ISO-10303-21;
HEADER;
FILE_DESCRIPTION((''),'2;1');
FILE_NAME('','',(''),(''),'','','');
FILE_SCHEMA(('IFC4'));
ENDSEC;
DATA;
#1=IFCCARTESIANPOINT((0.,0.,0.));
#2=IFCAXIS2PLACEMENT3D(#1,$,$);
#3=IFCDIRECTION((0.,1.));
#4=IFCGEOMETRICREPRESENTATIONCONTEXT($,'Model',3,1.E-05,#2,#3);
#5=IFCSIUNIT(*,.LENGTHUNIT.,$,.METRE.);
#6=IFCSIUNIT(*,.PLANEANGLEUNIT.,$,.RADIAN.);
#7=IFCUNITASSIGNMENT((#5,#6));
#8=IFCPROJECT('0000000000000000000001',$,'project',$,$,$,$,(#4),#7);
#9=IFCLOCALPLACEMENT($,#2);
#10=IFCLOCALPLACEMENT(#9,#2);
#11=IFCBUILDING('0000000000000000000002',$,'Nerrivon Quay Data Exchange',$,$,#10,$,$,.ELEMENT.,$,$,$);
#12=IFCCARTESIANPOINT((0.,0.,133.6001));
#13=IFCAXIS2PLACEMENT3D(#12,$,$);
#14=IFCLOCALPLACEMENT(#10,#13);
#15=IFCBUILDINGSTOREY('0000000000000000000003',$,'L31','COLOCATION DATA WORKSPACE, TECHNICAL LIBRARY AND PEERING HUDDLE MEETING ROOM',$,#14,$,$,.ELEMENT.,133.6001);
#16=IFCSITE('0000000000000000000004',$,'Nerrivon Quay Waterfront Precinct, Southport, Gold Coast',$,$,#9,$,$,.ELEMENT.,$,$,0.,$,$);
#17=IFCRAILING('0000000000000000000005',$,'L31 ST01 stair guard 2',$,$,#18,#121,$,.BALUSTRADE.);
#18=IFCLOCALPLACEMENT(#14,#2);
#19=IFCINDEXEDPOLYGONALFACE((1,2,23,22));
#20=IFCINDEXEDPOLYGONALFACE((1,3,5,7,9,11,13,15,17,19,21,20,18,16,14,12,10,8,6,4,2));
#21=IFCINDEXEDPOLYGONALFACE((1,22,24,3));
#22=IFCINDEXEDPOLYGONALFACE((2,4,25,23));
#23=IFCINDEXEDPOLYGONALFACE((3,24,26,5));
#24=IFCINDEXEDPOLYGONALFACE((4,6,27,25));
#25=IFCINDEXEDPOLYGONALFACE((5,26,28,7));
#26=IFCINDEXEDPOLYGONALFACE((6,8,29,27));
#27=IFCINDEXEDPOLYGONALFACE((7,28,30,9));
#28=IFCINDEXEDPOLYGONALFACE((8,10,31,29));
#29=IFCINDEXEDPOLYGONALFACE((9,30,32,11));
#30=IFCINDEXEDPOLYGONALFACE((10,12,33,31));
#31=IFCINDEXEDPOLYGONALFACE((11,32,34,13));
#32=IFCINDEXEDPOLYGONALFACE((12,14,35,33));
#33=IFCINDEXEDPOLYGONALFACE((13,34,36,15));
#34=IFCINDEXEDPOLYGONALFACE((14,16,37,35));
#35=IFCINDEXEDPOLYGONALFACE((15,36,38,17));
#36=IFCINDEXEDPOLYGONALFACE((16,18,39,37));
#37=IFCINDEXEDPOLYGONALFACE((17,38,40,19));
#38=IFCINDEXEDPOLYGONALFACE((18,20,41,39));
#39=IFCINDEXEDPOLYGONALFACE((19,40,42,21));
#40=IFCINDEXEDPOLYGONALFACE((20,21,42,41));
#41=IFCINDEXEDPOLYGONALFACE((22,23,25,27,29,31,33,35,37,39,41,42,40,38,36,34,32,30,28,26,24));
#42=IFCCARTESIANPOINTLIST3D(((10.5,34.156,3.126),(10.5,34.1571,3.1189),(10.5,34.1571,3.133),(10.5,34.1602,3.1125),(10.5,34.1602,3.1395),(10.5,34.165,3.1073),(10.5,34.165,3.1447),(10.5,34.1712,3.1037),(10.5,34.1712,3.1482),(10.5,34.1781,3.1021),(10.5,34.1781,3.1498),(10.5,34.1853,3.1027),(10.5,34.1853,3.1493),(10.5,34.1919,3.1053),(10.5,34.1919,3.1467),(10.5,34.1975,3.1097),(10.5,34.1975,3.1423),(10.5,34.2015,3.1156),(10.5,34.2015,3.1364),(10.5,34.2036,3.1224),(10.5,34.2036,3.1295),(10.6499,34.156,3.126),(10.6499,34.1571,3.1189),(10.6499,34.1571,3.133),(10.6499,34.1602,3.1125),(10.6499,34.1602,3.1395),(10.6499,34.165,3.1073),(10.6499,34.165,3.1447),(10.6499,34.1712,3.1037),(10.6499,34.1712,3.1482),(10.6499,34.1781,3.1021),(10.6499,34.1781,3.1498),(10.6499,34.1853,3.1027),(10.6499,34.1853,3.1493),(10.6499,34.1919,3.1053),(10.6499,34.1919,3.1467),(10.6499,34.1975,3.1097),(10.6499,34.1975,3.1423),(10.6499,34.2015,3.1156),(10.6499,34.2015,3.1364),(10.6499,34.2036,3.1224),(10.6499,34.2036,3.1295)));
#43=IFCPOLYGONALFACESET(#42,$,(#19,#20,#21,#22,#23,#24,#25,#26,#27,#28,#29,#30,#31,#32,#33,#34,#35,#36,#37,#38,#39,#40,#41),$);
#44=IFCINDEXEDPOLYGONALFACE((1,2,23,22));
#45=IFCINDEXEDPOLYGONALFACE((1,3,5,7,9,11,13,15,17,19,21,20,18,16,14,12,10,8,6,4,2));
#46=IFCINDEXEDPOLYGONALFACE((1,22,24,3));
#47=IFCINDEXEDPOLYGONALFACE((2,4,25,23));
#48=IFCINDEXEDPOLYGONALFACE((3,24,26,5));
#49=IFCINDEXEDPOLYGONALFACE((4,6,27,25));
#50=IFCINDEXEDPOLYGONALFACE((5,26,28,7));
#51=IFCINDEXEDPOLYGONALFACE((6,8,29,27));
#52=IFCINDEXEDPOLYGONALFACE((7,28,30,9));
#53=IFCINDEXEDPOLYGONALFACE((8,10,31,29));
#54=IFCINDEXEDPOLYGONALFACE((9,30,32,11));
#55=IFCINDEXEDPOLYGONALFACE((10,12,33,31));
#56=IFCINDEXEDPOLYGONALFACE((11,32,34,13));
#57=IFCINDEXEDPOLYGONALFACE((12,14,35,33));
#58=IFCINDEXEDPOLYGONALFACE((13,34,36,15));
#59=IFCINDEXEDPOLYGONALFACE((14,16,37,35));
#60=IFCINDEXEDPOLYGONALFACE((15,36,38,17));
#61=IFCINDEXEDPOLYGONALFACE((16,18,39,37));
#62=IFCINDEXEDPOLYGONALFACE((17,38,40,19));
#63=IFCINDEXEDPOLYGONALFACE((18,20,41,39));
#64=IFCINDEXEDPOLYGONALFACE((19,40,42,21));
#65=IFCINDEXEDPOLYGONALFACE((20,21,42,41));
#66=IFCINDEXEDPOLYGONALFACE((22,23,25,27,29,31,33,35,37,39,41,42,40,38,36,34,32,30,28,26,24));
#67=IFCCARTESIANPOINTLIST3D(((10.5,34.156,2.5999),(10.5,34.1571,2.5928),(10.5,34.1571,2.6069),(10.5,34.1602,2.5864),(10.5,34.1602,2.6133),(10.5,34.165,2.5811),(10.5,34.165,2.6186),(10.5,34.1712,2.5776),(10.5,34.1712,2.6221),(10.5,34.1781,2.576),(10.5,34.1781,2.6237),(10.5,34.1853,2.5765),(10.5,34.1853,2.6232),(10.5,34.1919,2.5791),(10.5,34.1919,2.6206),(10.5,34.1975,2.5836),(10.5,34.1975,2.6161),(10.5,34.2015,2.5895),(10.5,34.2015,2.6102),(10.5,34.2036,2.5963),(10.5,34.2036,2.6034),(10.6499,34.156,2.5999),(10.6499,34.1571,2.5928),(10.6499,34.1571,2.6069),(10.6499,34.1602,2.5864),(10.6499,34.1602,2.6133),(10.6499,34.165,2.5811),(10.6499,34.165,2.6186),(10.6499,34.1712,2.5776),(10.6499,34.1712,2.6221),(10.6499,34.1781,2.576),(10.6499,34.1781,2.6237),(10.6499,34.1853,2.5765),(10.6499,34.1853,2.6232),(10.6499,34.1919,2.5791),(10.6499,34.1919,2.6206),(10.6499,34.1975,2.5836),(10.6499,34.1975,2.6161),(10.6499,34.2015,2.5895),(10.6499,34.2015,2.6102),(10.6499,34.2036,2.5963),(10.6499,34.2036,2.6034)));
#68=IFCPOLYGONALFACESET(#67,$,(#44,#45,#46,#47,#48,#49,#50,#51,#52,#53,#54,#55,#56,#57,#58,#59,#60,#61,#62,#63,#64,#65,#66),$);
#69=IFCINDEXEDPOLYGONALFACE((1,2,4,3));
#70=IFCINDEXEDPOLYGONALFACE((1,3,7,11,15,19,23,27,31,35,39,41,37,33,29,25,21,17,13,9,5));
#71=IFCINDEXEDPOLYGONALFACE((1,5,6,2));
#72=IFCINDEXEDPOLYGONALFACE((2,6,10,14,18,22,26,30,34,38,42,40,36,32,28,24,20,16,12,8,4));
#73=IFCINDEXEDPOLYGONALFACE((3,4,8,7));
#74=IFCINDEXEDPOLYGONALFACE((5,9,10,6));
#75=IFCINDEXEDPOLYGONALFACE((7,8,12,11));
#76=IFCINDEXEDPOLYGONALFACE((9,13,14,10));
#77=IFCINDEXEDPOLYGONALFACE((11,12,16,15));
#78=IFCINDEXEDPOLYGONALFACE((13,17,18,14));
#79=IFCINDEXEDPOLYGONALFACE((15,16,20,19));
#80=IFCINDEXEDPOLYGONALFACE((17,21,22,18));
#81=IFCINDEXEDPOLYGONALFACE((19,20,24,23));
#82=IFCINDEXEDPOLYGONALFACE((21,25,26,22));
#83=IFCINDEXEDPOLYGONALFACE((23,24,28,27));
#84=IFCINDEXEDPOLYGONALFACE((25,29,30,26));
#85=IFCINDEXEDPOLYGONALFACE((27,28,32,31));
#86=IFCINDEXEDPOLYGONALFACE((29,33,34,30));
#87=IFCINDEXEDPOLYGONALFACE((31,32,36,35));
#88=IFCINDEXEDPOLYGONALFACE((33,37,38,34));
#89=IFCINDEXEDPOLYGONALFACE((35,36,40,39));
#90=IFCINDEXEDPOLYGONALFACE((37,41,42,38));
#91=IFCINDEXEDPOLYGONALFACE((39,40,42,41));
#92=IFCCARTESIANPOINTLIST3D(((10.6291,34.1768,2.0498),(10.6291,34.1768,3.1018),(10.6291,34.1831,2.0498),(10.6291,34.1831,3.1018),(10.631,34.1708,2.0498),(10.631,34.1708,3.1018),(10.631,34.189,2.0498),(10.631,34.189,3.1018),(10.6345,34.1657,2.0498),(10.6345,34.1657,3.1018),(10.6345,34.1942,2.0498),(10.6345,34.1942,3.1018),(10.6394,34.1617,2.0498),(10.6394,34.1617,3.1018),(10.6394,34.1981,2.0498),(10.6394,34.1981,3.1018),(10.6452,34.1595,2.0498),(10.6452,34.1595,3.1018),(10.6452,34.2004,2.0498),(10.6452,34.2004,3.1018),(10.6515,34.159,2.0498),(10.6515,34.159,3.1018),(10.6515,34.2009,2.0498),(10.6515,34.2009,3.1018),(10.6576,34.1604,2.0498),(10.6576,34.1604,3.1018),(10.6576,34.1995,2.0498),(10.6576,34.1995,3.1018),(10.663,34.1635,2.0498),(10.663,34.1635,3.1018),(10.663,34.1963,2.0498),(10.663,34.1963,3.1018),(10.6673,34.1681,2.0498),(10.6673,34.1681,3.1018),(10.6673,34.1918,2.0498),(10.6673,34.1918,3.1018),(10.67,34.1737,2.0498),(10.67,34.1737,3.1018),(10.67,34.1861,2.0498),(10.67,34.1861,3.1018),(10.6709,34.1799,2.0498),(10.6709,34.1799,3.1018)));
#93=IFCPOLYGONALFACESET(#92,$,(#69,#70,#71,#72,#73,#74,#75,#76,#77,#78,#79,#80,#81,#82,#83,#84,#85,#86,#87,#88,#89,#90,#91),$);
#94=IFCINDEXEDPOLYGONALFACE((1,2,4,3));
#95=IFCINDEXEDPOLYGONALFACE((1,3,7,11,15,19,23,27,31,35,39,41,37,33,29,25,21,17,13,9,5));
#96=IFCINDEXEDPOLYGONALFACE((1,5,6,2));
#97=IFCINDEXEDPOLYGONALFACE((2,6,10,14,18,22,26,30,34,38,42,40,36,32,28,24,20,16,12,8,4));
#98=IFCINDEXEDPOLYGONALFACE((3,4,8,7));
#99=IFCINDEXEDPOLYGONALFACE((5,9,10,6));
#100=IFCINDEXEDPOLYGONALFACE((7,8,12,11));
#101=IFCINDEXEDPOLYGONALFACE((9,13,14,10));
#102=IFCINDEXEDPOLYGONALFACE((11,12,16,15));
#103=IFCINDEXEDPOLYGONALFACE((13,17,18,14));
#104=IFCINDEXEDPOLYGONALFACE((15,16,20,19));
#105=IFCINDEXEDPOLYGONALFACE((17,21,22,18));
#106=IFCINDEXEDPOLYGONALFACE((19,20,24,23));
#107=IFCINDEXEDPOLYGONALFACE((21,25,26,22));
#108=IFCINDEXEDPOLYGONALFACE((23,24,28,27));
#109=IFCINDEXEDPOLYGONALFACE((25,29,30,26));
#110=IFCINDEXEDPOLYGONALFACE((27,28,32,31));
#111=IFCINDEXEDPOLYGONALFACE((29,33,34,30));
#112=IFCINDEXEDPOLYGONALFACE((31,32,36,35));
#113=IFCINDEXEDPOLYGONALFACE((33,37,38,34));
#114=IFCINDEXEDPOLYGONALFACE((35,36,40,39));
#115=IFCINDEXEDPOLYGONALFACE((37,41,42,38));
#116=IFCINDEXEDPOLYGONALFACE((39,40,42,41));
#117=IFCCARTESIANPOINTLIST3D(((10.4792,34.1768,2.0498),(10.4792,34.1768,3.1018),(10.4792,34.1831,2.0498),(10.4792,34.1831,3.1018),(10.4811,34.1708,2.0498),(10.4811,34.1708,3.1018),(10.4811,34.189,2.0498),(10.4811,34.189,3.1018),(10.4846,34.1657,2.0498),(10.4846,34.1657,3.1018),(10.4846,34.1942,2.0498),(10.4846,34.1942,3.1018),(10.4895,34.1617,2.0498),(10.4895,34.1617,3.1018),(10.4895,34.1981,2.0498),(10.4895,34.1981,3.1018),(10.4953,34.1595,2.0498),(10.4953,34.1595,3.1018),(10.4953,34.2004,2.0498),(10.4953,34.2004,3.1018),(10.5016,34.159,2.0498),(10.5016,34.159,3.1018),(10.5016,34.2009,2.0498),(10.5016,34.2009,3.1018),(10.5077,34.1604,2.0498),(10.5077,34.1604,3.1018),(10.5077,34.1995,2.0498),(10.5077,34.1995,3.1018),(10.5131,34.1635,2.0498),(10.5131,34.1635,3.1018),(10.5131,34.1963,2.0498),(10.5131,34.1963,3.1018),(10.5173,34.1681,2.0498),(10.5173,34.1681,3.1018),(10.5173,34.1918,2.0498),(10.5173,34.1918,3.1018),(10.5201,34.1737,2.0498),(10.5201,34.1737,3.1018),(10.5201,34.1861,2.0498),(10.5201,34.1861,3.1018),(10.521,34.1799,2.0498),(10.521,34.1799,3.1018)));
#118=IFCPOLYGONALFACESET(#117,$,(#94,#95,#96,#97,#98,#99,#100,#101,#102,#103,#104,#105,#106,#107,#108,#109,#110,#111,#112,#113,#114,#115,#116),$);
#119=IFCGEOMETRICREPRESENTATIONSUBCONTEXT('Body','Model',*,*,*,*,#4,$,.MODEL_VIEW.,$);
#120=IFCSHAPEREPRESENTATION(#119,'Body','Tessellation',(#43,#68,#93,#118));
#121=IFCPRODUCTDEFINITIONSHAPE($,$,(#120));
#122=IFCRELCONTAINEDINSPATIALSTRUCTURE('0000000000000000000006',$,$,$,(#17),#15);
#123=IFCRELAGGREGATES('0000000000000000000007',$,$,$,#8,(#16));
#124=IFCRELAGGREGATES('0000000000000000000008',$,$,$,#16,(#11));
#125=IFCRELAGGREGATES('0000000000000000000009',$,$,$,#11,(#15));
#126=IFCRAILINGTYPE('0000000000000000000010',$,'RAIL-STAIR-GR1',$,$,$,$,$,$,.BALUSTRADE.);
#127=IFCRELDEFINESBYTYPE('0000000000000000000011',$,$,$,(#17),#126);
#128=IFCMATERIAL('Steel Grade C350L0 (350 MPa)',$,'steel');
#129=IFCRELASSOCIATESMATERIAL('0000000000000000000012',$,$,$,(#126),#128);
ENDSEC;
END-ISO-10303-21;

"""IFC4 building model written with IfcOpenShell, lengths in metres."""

from ifc_helpers import new_model, si_unit, direction, frame, origin, origin_2d, place, context, subcontext, project, spatial, circle, extrude, material, type_object, element, save


model = new_model("IFC4")

# Units and contexts
model_context = context("Model", 3, precision=1e-05, world=origin(), true_north=direction((0.0, 1.0)))
body_context = subcontext(model_context, "Body", "Model", "MODEL_VIEW")
ifc_project = project(units=[si_unit("LENGTHUNIT", "METRE"), si_unit("PLANEANGLEUNIT", "RADIAN")], contexts=[model_context])

# Site, building, storey
site_placement = place(None, origin())
site = spatial("IfcSite", under=ifc_project, at=site_placement, Name="Nerrivon Quay Waterfront Precinct, Southport, Gold Coast", CompositionType="ELEMENT", RefElevation=0.0)
building_placement = place(site_placement, origin())
building = spatial("IfcBuilding", under=site, at=building_placement, Name="Nerrivon Quay Data Exchange", CompositionType="ELEMENT")
storey_placement = place(building_placement, frame((0.0, 0.0, 133.6001)))
storey = spatial("IfcBuildingStorey", under=building, at=storey_placement, Name="L31", Description="COLOCATION DATA WORKSPACE, TECHNICAL LIBRARY AND PEERING HUDDLE MEETING ROOM", CompositionType="ELEMENT", Elevation=133.6001)

# Railing
ifc_material_1 = material(Name="Steel Grade C350L0 (350 MPa)", Category="steel")
railing_type = type_object("IfcRailingType", Name="RAIL-STAIR-GR1", PredefinedType="BALUSTRADE", material=ifc_material_1)
railing_placement = place(storey_placement, frame((10.6499, 34.1799, 2.0498)))
element("IfcRailing", 1, at=railing_placement, inside=storey, type_object=railing_type, Name="L31 ST01 stair guard 2", PredefinedType="BALUSTRADE", context=body_context, shape_type="SweptSolid", body=[
    extrude(circle(Radius=0.0239, at=origin_2d()), frame((0.0, 0.0, 1.0762), z_axis=(-1.0, 0.0, 0.0), x_axis=(0.0, -1.0, 0.0)), (0.0, 0.0, 1.0), 0.1499),
    extrude(circle(Radius=0.0239, at=origin_2d()), frame((0.0, 0.0, 0.55), z_axis=(-1.0, 0.0, 0.0), x_axis=(0.0, -1.0, 0.0)), (0.0, 0.0, 1.0), 0.1499),
    extrude(circle(Radius=0.021, at=origin_2d()), origin(), (0.0, 0.0, 1.0), 1.052),
    extrude(circle(Radius=0.021, at=origin_2d()), frame((-0.1499, 0.0, 0.0)), (0.0, 0.0, 1.0), 1.052),
])

save(model, "model.ifc")
